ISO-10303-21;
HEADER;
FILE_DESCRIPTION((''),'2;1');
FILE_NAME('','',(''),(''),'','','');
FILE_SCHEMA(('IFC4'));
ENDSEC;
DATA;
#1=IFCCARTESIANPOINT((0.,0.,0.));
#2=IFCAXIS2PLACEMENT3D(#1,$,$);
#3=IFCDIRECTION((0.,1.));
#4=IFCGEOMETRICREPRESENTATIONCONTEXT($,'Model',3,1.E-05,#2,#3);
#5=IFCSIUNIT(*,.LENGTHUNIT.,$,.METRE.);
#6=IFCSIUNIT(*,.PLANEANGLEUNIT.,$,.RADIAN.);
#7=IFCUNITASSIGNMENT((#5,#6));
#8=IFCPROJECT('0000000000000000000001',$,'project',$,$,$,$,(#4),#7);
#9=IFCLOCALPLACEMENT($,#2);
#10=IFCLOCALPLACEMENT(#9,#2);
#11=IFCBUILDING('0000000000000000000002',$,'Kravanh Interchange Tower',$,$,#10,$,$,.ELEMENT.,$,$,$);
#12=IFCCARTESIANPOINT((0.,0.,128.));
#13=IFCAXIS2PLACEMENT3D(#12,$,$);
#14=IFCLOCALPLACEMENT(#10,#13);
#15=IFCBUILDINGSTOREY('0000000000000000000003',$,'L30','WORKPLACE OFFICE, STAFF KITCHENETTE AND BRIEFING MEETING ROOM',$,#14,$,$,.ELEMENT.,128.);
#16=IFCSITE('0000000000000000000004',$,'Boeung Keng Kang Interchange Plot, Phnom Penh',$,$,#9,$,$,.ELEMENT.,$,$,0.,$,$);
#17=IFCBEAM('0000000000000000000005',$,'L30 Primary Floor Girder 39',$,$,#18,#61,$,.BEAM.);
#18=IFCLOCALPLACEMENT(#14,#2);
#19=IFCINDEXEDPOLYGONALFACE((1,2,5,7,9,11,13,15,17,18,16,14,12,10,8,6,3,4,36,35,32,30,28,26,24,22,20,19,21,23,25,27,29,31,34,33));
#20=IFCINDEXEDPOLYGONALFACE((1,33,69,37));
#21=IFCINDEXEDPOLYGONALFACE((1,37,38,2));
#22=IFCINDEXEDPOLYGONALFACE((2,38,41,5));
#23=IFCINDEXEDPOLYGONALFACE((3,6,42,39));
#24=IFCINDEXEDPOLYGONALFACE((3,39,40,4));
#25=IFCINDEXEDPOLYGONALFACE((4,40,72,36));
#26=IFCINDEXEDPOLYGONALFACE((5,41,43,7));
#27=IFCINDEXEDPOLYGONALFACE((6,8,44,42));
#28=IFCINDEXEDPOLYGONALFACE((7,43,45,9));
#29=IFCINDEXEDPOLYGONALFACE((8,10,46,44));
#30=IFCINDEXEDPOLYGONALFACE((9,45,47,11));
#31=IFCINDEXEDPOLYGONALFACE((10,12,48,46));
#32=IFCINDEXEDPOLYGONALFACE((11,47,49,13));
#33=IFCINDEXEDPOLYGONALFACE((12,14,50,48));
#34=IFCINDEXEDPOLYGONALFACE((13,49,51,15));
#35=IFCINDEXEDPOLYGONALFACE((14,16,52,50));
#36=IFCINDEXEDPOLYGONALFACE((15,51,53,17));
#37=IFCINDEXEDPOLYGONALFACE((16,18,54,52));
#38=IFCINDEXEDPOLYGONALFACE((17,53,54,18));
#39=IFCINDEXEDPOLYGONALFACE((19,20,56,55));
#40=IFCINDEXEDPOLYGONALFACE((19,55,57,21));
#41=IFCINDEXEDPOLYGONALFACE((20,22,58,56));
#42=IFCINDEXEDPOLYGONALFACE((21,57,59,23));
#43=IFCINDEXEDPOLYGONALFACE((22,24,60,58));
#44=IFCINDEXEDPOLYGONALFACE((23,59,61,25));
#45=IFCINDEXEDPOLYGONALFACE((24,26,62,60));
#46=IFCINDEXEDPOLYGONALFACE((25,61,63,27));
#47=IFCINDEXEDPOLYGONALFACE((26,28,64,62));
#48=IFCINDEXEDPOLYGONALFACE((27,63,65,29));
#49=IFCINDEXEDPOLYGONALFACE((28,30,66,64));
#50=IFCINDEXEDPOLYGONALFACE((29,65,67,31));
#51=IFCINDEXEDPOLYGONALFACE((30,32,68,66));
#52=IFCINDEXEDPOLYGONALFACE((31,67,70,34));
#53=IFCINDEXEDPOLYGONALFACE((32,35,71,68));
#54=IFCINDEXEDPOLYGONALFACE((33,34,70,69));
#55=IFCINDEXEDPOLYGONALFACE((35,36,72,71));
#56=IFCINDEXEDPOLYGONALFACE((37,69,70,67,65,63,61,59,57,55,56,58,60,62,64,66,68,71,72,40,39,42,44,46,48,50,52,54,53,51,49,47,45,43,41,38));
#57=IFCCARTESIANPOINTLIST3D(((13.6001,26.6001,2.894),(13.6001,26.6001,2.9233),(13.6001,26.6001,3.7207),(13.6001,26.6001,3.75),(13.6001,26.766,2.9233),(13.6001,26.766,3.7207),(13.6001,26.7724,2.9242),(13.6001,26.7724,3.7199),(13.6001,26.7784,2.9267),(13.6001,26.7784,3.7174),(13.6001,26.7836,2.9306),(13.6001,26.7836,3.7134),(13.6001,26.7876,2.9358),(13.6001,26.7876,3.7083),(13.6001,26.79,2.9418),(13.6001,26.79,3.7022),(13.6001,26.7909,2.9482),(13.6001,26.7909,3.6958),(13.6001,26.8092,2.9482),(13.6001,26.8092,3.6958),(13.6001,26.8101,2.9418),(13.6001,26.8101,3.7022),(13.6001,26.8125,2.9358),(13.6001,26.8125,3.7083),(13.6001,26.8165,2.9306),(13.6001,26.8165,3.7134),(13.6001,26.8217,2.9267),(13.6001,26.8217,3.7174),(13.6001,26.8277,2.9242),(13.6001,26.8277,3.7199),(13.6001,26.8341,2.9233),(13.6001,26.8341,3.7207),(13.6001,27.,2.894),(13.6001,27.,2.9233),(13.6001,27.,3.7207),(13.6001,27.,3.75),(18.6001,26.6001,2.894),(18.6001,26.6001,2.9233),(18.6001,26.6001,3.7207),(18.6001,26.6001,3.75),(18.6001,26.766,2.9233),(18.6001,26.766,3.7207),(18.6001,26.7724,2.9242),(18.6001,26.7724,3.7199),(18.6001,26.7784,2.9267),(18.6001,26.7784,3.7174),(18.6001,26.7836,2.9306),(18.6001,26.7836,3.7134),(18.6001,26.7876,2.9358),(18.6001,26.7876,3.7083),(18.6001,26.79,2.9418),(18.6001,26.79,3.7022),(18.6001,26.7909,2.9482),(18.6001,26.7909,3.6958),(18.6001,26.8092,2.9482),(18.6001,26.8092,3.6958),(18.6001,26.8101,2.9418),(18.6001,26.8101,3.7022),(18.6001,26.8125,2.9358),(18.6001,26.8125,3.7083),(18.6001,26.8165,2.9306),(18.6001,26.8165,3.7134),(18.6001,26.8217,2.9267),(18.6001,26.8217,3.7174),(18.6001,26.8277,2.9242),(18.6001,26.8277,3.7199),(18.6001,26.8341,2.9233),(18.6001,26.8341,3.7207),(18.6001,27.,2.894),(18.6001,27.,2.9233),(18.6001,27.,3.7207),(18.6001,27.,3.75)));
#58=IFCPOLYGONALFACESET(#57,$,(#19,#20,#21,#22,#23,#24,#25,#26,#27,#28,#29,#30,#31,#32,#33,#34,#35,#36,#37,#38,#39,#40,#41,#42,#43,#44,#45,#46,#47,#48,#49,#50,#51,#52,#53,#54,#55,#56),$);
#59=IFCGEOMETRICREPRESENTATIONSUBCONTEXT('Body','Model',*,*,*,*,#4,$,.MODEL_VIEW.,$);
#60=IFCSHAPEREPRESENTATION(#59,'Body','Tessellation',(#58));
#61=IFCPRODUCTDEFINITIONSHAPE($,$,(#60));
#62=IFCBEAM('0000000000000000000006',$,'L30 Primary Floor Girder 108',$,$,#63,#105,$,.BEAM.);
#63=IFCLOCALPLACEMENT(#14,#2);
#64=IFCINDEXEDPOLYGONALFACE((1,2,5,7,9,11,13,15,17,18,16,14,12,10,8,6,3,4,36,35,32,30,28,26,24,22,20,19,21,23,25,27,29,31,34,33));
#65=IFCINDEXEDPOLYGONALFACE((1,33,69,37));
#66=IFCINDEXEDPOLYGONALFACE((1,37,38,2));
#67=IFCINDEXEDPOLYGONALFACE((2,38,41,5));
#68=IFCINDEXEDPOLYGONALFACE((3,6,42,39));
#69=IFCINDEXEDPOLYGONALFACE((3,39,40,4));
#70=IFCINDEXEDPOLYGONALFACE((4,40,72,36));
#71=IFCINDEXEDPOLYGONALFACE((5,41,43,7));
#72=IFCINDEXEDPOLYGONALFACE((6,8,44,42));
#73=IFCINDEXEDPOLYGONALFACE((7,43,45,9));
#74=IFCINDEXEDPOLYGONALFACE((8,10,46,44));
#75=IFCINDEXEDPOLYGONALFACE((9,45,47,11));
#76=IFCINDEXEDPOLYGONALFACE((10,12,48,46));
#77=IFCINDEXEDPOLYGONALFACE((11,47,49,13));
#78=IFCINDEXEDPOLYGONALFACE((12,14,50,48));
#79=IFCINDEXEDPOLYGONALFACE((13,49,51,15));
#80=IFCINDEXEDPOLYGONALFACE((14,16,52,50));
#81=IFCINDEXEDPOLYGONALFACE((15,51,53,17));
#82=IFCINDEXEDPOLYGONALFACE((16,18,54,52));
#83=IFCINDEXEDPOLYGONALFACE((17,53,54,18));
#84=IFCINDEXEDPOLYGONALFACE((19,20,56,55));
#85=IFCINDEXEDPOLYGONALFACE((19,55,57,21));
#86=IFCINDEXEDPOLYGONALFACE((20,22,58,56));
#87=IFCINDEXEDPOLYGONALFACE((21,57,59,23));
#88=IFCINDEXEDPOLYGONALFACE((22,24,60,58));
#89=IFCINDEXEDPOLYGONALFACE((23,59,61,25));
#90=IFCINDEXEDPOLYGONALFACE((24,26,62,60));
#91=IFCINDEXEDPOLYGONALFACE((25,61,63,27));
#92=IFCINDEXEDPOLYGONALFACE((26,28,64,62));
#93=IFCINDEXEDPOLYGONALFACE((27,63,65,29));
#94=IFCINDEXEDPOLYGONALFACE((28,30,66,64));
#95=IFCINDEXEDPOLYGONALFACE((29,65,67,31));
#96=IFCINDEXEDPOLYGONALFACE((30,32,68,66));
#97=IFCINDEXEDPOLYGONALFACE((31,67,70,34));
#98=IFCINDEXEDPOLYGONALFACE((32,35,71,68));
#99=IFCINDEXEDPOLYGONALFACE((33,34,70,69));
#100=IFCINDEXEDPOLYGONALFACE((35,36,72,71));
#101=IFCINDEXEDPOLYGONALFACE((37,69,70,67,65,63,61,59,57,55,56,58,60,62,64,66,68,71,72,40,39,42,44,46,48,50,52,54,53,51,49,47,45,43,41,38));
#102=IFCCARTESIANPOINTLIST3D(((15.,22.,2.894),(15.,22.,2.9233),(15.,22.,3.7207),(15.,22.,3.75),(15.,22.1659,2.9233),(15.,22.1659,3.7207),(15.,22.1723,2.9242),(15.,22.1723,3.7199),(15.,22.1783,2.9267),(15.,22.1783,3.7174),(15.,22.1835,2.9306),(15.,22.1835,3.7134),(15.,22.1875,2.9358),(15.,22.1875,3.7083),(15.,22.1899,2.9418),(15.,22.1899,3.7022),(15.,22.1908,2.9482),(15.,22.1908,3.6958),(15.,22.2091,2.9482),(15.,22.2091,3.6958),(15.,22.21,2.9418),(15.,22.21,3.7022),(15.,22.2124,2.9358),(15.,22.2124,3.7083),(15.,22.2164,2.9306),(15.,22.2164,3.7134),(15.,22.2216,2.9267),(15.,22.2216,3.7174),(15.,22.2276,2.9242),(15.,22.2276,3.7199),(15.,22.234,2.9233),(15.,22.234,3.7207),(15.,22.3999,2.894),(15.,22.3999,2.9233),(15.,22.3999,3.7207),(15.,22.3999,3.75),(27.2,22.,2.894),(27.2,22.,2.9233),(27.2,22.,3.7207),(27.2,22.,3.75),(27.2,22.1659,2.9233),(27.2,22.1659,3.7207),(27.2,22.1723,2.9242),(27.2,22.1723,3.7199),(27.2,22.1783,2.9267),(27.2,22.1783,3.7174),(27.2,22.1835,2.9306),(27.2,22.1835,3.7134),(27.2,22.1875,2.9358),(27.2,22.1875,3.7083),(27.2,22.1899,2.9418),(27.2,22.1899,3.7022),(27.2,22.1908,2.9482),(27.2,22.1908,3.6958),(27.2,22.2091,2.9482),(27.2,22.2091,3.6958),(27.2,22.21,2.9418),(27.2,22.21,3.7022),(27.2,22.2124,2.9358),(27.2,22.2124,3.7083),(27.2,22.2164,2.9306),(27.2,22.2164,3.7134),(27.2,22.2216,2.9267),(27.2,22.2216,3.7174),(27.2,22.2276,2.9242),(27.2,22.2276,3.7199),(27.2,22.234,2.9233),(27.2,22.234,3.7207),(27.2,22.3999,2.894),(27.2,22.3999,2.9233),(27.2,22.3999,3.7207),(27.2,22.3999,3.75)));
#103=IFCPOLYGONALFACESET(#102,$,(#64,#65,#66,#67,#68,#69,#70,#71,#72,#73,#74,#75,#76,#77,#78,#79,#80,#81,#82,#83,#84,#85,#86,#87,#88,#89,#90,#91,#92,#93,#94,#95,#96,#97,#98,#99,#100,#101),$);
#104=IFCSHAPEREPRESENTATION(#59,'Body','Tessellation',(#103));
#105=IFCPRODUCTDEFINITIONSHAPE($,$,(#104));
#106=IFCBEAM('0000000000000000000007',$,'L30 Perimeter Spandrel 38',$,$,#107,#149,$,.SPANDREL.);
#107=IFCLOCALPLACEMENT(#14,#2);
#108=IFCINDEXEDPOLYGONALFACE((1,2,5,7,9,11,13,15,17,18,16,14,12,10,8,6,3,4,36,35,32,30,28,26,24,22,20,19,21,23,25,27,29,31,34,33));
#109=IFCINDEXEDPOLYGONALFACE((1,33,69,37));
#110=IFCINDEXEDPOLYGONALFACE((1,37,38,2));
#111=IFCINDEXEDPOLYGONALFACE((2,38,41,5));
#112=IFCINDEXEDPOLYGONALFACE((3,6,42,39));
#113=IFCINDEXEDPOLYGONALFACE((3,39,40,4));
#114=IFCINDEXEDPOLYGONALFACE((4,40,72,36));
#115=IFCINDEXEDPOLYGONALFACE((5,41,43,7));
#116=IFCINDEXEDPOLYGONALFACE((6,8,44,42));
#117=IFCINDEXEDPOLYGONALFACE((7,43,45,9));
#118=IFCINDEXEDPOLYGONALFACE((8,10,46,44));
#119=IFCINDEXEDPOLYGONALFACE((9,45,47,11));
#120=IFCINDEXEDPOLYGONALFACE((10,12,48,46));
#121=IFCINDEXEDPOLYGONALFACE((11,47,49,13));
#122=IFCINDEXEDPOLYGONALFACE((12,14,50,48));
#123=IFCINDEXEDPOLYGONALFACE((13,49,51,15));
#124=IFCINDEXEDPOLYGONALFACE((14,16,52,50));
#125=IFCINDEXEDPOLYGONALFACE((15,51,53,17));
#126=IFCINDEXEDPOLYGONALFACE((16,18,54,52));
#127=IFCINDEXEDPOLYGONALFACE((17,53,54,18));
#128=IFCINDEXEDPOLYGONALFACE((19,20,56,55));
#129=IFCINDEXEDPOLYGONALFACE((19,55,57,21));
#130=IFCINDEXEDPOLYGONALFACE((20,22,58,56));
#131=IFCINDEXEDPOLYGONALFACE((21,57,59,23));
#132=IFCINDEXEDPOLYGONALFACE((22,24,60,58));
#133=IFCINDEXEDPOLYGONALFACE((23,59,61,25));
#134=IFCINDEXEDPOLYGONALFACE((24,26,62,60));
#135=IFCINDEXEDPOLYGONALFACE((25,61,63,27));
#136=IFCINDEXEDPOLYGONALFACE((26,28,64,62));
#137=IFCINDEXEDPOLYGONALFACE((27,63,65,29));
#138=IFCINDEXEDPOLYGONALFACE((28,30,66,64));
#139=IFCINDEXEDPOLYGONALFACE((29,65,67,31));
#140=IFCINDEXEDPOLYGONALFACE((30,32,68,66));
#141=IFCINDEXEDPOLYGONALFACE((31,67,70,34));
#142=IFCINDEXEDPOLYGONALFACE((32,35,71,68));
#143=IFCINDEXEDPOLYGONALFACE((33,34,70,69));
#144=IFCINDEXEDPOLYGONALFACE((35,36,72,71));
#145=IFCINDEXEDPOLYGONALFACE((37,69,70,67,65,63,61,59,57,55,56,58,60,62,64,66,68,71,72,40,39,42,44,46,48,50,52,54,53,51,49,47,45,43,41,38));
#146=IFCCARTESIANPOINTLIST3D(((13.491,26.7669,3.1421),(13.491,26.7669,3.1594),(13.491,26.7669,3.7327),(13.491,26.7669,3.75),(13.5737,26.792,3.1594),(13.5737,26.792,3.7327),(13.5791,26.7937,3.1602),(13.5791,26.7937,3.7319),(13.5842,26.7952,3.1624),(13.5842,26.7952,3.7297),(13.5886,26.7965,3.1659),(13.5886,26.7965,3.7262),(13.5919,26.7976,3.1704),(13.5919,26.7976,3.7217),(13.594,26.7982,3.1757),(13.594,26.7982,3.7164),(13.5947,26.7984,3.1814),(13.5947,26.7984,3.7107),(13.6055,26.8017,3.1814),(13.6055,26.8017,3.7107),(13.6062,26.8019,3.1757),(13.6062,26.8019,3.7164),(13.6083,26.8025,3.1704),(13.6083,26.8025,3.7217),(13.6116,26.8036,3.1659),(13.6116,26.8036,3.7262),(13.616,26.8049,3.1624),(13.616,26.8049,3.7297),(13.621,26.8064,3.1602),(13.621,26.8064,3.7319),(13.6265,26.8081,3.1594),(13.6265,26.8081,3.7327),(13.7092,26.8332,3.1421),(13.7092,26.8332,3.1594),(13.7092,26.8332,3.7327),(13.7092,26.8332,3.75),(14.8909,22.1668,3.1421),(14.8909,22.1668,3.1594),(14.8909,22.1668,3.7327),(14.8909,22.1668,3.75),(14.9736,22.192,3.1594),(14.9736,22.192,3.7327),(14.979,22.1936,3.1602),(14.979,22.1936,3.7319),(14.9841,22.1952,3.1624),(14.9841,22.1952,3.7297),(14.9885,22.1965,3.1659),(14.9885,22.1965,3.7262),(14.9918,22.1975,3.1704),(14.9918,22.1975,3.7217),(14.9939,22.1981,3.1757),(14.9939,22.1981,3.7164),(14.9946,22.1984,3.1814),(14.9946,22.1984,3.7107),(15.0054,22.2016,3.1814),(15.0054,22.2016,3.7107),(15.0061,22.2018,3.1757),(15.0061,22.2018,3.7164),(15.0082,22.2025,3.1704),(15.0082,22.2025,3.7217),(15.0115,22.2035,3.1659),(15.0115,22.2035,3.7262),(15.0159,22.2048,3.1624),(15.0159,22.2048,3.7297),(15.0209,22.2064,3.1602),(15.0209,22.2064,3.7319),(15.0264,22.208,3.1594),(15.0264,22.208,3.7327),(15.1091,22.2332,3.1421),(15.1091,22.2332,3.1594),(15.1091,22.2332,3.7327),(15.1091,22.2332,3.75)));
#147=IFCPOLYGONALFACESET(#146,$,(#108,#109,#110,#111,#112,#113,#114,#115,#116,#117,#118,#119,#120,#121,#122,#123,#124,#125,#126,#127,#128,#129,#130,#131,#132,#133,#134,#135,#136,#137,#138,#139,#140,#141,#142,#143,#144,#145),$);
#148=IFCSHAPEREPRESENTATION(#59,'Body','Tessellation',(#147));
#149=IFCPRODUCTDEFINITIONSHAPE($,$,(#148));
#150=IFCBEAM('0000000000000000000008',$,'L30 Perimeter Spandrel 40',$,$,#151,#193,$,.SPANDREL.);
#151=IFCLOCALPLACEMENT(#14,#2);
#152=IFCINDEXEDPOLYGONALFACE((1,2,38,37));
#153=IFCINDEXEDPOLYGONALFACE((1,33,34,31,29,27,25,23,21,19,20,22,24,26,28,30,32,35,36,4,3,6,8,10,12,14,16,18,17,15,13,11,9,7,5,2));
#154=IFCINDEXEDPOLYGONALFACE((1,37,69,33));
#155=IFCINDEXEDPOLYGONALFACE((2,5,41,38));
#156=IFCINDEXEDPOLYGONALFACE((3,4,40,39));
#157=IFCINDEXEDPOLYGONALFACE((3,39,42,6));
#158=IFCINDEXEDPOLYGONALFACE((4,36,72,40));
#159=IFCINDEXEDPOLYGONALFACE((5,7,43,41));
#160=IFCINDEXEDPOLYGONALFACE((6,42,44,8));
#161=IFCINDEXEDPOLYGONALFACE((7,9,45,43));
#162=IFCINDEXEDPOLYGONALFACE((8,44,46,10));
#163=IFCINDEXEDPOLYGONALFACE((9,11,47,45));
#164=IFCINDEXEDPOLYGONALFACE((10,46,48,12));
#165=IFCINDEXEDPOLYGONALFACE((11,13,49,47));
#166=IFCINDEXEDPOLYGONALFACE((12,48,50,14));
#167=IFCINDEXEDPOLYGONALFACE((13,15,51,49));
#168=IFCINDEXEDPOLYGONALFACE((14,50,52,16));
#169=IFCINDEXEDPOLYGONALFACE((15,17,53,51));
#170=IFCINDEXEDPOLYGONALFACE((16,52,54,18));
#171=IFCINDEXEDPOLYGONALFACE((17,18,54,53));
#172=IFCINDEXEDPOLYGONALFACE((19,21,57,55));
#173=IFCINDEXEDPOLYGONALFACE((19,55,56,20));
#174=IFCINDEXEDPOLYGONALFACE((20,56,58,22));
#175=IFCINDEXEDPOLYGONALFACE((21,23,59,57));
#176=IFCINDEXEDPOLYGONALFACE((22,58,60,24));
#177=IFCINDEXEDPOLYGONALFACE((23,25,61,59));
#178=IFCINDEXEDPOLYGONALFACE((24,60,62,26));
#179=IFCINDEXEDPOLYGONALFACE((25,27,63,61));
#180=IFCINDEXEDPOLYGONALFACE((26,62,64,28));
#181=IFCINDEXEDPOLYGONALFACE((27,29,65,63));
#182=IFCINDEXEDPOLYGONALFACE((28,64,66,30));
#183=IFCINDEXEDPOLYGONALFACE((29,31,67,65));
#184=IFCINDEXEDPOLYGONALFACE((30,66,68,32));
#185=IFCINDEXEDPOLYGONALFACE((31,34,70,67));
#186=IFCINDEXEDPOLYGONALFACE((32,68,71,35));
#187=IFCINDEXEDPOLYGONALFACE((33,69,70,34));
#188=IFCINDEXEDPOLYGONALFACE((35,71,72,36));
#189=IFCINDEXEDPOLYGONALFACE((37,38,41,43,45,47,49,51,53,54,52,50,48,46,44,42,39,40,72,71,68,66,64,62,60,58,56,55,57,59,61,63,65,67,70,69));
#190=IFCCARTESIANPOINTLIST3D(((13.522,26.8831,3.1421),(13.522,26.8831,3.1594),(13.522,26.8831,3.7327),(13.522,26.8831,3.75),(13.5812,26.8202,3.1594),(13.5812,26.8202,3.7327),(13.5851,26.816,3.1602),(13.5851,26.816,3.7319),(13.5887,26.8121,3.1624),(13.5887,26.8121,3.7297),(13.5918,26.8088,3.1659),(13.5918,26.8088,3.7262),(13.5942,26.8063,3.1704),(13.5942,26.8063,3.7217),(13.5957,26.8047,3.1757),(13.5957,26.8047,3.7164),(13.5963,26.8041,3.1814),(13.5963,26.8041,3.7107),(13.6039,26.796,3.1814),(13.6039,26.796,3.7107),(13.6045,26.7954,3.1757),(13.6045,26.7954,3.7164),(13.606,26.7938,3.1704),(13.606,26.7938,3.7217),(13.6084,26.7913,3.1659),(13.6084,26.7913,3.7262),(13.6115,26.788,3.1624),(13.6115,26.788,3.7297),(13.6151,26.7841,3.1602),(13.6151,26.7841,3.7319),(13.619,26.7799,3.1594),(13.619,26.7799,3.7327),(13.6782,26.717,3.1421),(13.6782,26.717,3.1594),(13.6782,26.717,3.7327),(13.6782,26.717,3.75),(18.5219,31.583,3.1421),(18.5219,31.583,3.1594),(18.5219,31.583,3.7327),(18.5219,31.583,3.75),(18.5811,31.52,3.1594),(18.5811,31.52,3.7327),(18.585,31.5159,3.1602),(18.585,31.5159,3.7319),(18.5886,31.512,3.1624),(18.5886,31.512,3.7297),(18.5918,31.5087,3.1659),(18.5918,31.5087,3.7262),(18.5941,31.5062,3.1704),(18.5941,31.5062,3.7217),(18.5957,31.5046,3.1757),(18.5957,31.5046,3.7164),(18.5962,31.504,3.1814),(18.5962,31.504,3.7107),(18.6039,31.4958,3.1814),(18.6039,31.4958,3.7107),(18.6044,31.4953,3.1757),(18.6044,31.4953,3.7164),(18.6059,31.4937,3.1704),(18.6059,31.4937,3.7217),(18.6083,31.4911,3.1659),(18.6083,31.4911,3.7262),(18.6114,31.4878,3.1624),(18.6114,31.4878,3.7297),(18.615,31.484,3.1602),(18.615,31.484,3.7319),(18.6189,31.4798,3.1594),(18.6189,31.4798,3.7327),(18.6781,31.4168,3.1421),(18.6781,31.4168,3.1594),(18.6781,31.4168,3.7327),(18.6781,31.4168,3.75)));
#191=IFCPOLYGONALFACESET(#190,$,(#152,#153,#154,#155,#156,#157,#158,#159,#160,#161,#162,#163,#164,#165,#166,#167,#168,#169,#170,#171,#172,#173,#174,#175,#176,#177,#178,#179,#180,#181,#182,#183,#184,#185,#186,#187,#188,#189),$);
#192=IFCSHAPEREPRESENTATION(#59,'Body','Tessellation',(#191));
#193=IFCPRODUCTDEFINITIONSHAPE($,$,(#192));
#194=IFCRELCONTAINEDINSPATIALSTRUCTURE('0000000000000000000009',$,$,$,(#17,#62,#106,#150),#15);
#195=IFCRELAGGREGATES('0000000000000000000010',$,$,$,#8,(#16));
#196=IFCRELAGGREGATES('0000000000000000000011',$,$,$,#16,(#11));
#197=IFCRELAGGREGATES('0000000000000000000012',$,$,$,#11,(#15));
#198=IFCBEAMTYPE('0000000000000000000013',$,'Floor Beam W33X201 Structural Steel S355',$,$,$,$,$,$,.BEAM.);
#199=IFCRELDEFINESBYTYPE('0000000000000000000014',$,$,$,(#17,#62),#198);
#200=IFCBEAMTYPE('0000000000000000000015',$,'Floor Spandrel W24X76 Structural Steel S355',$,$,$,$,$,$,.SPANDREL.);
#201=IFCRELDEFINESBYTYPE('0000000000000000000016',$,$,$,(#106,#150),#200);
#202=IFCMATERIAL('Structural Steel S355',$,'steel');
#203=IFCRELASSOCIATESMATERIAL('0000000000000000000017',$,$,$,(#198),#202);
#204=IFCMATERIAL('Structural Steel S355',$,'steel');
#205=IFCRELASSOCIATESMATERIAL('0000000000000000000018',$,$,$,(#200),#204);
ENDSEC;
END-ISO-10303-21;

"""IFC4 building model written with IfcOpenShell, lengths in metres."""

from ifc_helpers import new_model, si_unit, direction, frame, origin, origin_2d, place, context, subcontext, project, spatial, i_section, extrude, material, material_profile, profile_set, type_object, element, save


model = new_model("IFC4")

# Units and contexts
model_context = context("Model", 3, precision=1e-05, world=origin(), true_north=direction((0.0, 1.0)))
body_context = subcontext(model_context, "Body", "Model", "MODEL_VIEW")
ifc_project = project(units=[si_unit("LENGTHUNIT", "METRE"), si_unit("PLANEANGLEUNIT", "RADIAN")], contexts=[model_context])

# Site, building, storey
site_placement = place(None, origin())
site = spatial("IfcSite", under=ifc_project, at=site_placement, Name="Boeung Keng Kang Interchange Plot, Phnom Penh", CompositionType="ELEMENT", RefElevation=0.0)
building_placement = place(site_placement, origin())
building = spatial("IfcBuilding", under=site, at=building_placement, Name="Kravanh Interchange Tower", CompositionType="ELEMENT")
storey_placement = place(building_placement, frame((0.0, 0.0, 128.0)))
storey = spatial("IfcBuildingStorey", under=building, at=storey_placement, Name="L30", Description="WORKPLACE OFFICE, STAFF KITCHENETTE AND BRIEFING MEETING ROOM", CompositionType="ELEMENT", Elevation=128.0)

# Beams
ifc_material_1 = material(Name="Structural Steel S355", Category="steel")
ifc_material_profile_1 = material_profile(ifc_material_1, i_section(OverallWidth=0.3999, OverallDepth=0.856, WebThickness=0.0183, FlangeThickness=0.0293, FilletRadius=0.0249, at=origin_2d()), Name="W33X201")
ifc_profile_set_1 = profile_set([ifc_material_profile_1], Name="Structural Steel S355")
beam_type_1 = type_object("IfcBeamType", Name="Floor Beam W33X201 Structural Steel S355", PredefinedType="BEAM", material=ifc_profile_set_1)
beam_1_placement = place(storey_placement, frame((13.6001, 26.8, 3.322), z_axis=(1.0, 0.0, 0.0), x_axis=(0.0, 1.0, 0.0)))
element("IfcBeam", 1, at=beam_1_placement, inside=storey, type_object=beam_type_1, Name="L30 Primary Floor Girder 39", PredefinedType="BEAM", context=body_context, shape_type="SweptSolid", body=[
    extrude(i_section(OverallWidth=0.3999, OverallDepth=0.856, WebThickness=0.0183, FlangeThickness=0.0293, FilletRadius=0.0249, at=origin_2d()), origin(), (0.0, 0.0, 1.0), 5.0),
])
beam_2_placement = place(storey_placement, frame((15.0, 22.2, 3.322), z_axis=(1.0, 0.0, 0.0), x_axis=(0.0, 1.0, 0.0)))
element("IfcBeam", 2, at=beam_2_placement, inside=storey, type_object=beam_type_1, Name="L30 Primary Floor Girder 108", PredefinedType="BEAM", context=body_context, shape_type="SweptSolid", body=[
    extrude(i_section(OverallWidth=0.3999, OverallDepth=0.856, WebThickness=0.0183, FlangeThickness=0.0293, FilletRadius=0.0249, at=origin_2d()), origin(), (0.0, 0.0, 1.0), 12.2),
])
ifc_material_2 = material(Name="Structural Steel S355", Category="steel")
ifc_material_profile_2 = material_profile(ifc_material_2, i_section(OverallWidth=0.228, OverallDepth=0.6079, WebThickness=0.0112, FlangeThickness=0.0173, FilletRadius=0.022, at=origin_2d()), Name="W24X76")
ifc_profile_set_2 = profile_set([ifc_material_profile_2], Name="Structural Steel S355")
beam_type_2 = type_object("IfcBeamType", Name="Floor Spandrel W24X76 Structural Steel S355", PredefinedType="SPANDREL", material=ifc_profile_set_2)
beam_3_placement = place(storey_placement, frame((13.6001, 26.8, 3.446), z_axis=(0.291137, -0.956681, 0.0), x_axis=(0.956681, 0.291137, 0.0)))
element("IfcBeam", 3, at=beam_3_placement, inside=storey, type_object=beam_type_2, Name="L30 Perimeter Spandrel 38", PredefinedType="SPANDREL", context=body_context, shape_type="SweptSolid", body=[
    extrude(i_section(OverallWidth=0.228, OverallDepth=0.6079, WebThickness=0.0112, FlangeThickness=0.0173, FilletRadius=0.022, at=origin_2d()), origin(), (0.0, 0.0, 1.0), 4.8083),
])
beam_4_placement = place(storey_placement, frame((13.6001, 26.8, 3.446), z_axis=(0.728631, 0.684906, 0.0), x_axis=(-0.684906, 0.728631, 0.0)))
element("IfcBeam", 4, at=beam_4_placement, inside=storey, type_object=beam_type_2, Name="L30 Perimeter Spandrel 40", PredefinedType="SPANDREL", context=body_context, shape_type="SweptSolid", body=[
    extrude(i_section(OverallWidth=0.228, OverallDepth=0.6079, WebThickness=0.0112, FlangeThickness=0.0173, FilletRadius=0.022, at=origin_2d()), origin(), (0.0, 0.0, 1.0), 6.8621),
])

save(model, "model.ifc")
